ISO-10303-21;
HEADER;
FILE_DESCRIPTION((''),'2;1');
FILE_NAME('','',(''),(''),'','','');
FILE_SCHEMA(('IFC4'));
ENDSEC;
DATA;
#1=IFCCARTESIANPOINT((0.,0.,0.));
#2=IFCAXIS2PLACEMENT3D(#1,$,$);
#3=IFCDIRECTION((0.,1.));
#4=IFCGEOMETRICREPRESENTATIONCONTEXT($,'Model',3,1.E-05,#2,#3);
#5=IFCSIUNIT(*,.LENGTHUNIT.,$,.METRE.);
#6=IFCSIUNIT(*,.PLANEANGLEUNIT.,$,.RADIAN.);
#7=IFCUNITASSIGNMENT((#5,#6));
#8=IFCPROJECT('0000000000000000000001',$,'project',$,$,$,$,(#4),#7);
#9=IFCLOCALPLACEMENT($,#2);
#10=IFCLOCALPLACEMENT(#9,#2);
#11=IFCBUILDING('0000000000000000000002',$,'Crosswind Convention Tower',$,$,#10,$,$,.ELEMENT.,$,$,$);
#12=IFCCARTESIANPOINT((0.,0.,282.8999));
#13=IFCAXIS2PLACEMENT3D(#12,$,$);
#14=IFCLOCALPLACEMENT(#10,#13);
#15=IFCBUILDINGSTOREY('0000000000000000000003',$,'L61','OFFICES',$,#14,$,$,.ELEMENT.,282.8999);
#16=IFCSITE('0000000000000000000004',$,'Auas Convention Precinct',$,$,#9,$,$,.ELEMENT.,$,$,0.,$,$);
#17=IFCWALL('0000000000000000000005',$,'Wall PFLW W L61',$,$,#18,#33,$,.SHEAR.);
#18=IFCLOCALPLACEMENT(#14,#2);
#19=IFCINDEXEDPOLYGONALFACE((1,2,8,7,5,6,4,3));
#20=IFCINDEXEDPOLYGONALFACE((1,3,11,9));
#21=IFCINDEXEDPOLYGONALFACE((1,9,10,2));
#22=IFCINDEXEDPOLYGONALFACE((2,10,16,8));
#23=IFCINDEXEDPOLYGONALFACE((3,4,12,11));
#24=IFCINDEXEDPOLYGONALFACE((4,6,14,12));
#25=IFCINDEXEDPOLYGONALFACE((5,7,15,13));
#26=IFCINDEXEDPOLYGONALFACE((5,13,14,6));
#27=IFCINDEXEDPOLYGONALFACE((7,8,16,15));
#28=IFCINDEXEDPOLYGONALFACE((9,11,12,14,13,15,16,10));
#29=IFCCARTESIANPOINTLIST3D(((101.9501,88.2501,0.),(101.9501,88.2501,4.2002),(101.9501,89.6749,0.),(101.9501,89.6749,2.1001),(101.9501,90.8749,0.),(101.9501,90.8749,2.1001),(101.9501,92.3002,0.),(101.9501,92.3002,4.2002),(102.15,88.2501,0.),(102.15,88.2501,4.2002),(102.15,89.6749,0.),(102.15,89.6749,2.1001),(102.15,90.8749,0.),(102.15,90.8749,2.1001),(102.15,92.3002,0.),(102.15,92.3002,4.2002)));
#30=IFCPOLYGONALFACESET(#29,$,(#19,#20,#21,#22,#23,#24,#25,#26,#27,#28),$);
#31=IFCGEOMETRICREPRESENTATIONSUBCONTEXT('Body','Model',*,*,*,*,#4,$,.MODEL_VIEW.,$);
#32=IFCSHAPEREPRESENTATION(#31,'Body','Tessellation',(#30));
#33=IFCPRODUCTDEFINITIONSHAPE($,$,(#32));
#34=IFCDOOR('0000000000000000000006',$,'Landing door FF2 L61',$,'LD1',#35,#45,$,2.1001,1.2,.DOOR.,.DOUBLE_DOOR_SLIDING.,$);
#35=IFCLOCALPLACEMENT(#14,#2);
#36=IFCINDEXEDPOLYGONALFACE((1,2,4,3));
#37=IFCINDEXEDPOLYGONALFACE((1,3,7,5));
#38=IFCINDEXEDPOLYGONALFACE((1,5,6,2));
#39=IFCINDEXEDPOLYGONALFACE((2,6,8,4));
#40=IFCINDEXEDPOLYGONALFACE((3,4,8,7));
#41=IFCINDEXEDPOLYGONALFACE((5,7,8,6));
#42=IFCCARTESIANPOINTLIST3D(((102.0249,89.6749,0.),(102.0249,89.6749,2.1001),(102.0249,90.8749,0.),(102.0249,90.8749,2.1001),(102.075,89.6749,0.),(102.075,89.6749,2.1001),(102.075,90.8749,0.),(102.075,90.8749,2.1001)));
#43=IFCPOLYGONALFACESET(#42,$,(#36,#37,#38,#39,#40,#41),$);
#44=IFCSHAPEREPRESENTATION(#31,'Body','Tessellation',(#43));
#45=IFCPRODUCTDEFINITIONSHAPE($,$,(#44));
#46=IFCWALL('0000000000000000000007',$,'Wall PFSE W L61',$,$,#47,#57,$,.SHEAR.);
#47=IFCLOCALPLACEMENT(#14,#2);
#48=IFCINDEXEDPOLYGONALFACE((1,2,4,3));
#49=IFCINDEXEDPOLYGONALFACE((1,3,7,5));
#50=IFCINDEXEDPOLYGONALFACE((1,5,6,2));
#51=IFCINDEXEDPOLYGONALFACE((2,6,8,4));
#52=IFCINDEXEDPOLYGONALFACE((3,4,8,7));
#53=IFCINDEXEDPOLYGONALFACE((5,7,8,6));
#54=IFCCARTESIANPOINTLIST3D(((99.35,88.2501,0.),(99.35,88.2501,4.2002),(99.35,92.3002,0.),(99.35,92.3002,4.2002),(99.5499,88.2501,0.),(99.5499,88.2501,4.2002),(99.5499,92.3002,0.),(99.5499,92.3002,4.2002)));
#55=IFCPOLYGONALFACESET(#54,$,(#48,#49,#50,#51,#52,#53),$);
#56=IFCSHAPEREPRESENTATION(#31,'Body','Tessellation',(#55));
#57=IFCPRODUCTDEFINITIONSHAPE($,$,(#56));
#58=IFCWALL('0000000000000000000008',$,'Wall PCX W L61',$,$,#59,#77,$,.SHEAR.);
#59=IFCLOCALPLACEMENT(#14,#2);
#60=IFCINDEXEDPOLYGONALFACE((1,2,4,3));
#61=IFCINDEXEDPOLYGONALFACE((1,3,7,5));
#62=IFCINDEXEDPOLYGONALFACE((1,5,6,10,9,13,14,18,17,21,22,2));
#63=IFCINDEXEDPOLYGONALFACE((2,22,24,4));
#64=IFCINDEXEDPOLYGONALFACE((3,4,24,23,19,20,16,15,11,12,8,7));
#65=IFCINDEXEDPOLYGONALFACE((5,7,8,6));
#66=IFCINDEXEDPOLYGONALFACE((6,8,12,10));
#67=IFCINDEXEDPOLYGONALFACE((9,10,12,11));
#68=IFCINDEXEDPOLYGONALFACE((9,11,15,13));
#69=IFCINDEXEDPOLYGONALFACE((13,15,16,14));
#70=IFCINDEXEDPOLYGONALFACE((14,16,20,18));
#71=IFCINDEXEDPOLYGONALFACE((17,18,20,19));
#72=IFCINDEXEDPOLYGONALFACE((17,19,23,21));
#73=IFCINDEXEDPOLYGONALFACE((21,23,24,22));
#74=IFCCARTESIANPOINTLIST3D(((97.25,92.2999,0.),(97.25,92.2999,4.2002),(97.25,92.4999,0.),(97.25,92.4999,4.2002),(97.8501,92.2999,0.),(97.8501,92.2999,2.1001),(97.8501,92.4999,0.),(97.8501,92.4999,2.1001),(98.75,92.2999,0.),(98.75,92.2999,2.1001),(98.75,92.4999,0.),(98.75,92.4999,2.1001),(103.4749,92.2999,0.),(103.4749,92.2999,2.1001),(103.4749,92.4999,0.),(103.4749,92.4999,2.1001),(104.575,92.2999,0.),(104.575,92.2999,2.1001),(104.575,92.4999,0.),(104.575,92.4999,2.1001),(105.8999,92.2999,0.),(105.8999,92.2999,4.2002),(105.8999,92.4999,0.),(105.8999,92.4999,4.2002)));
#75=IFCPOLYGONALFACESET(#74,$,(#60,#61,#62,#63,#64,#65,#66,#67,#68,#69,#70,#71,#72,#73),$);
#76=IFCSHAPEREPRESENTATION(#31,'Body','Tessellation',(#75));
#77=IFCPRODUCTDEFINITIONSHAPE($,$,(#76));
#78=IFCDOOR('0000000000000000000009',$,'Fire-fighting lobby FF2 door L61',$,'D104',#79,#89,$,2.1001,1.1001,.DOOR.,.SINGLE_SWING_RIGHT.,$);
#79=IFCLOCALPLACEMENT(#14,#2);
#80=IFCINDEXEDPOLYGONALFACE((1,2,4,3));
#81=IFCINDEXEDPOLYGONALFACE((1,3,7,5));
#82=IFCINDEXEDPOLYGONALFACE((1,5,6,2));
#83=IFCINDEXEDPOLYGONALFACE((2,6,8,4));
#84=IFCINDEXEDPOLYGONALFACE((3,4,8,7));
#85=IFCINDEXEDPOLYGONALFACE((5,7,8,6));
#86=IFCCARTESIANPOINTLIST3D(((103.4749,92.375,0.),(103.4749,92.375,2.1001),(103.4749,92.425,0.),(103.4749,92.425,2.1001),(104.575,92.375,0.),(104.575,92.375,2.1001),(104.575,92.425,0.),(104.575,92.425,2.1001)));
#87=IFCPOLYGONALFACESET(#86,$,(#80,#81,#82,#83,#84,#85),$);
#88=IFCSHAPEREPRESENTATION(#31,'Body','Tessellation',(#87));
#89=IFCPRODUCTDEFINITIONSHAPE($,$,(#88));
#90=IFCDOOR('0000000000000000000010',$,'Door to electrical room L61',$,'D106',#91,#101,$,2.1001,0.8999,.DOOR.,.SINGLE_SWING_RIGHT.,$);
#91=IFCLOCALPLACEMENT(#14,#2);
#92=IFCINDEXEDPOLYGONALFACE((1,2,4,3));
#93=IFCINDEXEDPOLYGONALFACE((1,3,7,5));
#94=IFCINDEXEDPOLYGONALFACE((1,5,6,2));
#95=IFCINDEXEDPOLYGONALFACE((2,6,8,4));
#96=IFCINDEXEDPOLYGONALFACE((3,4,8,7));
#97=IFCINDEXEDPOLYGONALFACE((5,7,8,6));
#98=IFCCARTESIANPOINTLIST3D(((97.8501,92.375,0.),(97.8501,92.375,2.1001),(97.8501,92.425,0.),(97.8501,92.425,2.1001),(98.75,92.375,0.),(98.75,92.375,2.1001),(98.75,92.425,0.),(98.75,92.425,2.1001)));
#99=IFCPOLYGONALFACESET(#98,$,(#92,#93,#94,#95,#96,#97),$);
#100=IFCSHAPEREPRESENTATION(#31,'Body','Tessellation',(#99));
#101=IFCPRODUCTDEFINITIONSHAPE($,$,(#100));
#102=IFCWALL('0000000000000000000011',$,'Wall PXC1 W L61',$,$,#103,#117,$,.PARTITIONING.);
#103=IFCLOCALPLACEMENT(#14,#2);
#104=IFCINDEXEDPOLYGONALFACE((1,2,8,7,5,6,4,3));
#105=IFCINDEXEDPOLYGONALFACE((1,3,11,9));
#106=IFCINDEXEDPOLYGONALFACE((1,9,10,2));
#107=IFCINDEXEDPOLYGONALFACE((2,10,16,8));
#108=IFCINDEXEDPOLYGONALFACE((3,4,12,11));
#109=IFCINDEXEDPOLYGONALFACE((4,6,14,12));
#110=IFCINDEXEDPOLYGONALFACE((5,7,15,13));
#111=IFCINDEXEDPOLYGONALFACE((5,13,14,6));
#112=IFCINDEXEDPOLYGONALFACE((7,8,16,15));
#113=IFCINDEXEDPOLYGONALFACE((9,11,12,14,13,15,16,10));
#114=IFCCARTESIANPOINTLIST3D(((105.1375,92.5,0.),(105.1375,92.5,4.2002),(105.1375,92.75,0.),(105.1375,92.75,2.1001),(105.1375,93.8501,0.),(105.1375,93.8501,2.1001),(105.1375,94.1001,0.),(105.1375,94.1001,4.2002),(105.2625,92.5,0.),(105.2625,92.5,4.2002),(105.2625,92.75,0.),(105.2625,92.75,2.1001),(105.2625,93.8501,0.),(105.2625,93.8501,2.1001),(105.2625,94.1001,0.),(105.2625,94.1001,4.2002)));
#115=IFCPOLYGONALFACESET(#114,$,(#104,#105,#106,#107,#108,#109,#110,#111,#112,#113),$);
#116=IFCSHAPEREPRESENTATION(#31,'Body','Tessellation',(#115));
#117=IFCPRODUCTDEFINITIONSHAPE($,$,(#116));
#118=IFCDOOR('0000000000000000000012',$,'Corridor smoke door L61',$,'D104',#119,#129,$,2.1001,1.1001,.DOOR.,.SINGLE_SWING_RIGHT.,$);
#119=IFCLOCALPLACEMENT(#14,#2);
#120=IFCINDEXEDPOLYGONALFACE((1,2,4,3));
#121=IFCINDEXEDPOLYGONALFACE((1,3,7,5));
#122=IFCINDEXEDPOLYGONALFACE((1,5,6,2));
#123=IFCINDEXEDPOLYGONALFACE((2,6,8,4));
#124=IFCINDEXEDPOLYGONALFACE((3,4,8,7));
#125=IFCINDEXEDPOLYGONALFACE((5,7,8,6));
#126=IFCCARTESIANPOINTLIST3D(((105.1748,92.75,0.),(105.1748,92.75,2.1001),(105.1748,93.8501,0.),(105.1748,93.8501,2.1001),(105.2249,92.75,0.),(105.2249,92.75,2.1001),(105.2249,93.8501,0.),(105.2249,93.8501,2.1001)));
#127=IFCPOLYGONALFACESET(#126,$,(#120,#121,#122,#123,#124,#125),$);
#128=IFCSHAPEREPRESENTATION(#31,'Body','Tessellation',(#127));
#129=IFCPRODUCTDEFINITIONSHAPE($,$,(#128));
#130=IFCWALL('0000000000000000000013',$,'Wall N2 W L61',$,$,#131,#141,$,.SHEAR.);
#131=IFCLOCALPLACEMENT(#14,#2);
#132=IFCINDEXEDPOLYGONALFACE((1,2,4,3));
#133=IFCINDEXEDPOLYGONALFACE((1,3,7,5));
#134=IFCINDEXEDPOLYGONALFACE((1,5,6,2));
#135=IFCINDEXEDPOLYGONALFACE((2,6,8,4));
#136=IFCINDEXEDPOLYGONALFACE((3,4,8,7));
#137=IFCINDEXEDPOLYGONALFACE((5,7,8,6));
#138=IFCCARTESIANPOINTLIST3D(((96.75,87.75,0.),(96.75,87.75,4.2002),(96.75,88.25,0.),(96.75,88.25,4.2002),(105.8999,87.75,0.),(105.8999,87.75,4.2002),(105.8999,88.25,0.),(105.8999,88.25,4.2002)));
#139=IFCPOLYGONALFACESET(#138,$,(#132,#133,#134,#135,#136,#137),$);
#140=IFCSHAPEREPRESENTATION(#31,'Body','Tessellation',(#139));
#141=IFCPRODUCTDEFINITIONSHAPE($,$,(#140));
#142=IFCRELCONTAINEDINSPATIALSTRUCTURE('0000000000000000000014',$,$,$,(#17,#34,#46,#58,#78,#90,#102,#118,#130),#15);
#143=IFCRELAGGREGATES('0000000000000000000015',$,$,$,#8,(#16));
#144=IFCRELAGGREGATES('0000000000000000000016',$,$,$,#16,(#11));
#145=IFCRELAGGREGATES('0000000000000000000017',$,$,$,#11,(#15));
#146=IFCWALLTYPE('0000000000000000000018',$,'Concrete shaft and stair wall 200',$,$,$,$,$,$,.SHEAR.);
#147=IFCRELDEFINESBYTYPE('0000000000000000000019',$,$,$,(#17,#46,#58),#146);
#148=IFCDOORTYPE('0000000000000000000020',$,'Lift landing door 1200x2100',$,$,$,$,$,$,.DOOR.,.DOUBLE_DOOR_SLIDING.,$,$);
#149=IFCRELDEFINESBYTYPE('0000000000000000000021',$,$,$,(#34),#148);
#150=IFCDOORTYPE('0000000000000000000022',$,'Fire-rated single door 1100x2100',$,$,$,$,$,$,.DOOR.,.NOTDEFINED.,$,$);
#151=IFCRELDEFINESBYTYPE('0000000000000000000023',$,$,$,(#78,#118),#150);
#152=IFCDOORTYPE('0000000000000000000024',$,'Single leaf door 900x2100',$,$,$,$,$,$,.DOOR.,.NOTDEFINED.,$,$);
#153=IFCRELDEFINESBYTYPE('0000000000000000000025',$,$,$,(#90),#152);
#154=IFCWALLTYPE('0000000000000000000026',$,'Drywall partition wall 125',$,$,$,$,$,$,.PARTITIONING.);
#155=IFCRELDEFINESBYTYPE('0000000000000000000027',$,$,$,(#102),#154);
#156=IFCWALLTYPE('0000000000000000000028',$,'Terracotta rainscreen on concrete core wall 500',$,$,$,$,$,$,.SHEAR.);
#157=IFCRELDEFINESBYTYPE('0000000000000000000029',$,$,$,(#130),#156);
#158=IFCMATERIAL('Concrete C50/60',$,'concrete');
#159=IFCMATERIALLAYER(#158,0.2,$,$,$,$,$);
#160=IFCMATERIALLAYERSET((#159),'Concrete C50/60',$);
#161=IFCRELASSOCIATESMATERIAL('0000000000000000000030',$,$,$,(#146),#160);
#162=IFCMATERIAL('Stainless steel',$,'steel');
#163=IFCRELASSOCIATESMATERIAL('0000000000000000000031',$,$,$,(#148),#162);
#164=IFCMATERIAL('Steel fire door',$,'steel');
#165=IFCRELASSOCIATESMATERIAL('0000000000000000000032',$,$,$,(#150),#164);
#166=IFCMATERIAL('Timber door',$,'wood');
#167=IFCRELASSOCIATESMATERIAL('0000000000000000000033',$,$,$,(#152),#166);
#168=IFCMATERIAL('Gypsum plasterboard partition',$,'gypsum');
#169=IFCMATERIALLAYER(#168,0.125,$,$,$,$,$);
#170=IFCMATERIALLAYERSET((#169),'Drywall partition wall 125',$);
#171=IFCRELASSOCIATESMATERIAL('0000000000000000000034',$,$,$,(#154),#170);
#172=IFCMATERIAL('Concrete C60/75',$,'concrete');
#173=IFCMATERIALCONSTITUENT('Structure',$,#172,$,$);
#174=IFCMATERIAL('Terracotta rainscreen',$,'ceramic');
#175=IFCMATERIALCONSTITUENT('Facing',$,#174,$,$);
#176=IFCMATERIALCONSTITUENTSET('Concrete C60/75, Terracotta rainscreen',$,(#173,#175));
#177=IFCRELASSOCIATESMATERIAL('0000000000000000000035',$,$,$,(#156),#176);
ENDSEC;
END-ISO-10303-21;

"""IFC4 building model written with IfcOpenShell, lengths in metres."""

from ifc_helpers import new_model, si_unit, direction, frame, frame_2d, origin, place, context, subcontext, project, spatial, rectangle, extrude, material, layer, layer_set, constituent, constituent_set, type_object, element, fill, save


model = new_model("IFC4")

# Units and contexts
model_context = context("Model", 3, precision=1e-05, world=origin(), true_north=direction((0.0, 1.0)))
body_context = subcontext(model_context, "Body", "Model", "MODEL_VIEW")
ifc_project = project(units=[si_unit("LENGTHUNIT", "METRE"), si_unit("PLANEANGLEUNIT", "RADIAN")], contexts=[model_context])

# Site, building, storey
site_placement = place(None, origin())
site = spatial("IfcSite", under=ifc_project, at=site_placement, Name="Auas Convention Precinct", CompositionType="ELEMENT", RefElevation=0.0)
building_placement = place(site_placement, origin())
building = spatial("IfcBuilding", under=site, at=building_placement, Name="Crosswind Convention Tower", CompositionType="ELEMENT")
storey_placement = place(building_placement, frame((0.0, 0.0, 282.8999)))
storey = spatial("IfcBuildingStorey", under=building, at=storey_placement, Name="L61", Description="OFFICES", CompositionType="ELEMENT", Elevation=282.8999)

# Shared definitions
ifc_material_1 = material(Name="Concrete C50/60", Category="concrete")
ifc_layer_1 = layer(ifc_material_1, 0.2)
ifc_layer_set_1 = layer_set([ifc_layer_1], Name="Concrete C50/60")
wall_type_1 = type_object("IfcWallType", Name="Concrete shaft and stair wall 200", PredefinedType="SHEAR", material=ifc_layer_set_1)

# Wall, opening, door
wall_1_placement = place(storey_placement, frame((102.05, 92.3, 0.0), z_axis=(0.0, 0.0, 1.0), x_axis=(0.0, -1.0, 0.0)))
wall_1 = element("IfcWall", 1, at=wall_1_placement, inside=storey, type_object=wall_type_1, Name="Wall PFLW W L61", PredefinedType="SHEAR", context=body_context, shape_type="SweptSolid", body=[
    extrude(rectangle(XDim=4.05, YDim=0.2, at=frame_2d((2.0249, 0.0))), origin(), (0.0, 0.0, 1.0), 4.2002),
])
opening_1_placement = place(wall_1_placement, frame((1.425, 0.0, 0.0)))
opening_1 = element("IfcOpeningElement", 2, at=opening_1_placement, cuts=wall_1, PredefinedType="OPENING", context=body_context, shape_type="SweptSolid", body=[
    extrude(rectangle(XDim=1.2, YDim=2.1001, at=frame_2d((0.6001, 1.05))), frame((0.0, 0.1099, 0.0), z_axis=(0.0, -1.0, 0.0), x_axis=(1.0, 0.0, 0.0)), (0.0, 0.0, 1.0), 0.22),
])
ifc_material_2 = material(Name="Stainless steel", Category="steel")
door_type_1 = type_object("IfcDoorType", Name="Lift landing door 1200x2100", OperationType="DOUBLE_DOOR_SLIDING", PredefinedType="DOOR", material=ifc_material_2)
door_1_placement = place(opening_1_placement, origin())
door_1 = element("IfcDoor", 3, at=door_1_placement, inside=storey, type_object=door_type_1, Name="Landing door FF2 L61", ObjectType="LD1", OperationType="DOUBLE_DOOR_SLIDING", OverallHeight=2.1001, OverallWidth=1.2, PredefinedType="DOOR", context=body_context, shape_type="SweptSolid", body=[
    extrude(rectangle(XDim=1.2, YDim=2.1001, at=frame_2d((0.6001, 1.05))), frame((0.0, 0.0249, 0.0), z_axis=(0.0, -1.0, 0.0), x_axis=(1.0, 0.0, 0.0)), (0.0, 0.0, 1.0), 0.05),
])
fill(opening_1, door_1)

# Wall
wall_2_placement = place(storey_placement, frame((99.45, 92.3, 0.0), z_axis=(0.0, 0.0, 1.0), x_axis=(0.0, -1.0, 0.0)))
element("IfcWall", 4, at=wall_2_placement, inside=storey, type_object=wall_type_1, Name="Wall PFSE W L61", PredefinedType="SHEAR", context=body_context, shape_type="SweptSolid", body=[
    extrude(rectangle(XDim=4.05, YDim=0.2, at=frame_2d((2.0249, 0.0))), origin(), (0.0, 0.0, 1.0), 4.2002),
])

# Wall, openings, doors
wall_3_placement = place(storey_placement, frame((105.8999, 92.3999, 0.0), z_axis=(0.0, 0.0, 1.0), x_axis=(-1.0, 0.0, 0.0)))
wall_3 = element("IfcWall", 5, at=wall_3_placement, inside=storey, type_object=wall_type_1, Name="Wall PCX W L61", PredefinedType="SHEAR", context=body_context, shape_type="SweptSolid", body=[
    extrude(rectangle(XDim=8.6499, YDim=0.2, at=frame_2d((4.325, 0.0))), origin(), (0.0, 0.0, 1.0), 4.2002),
])
opening_2_placement = place(wall_3_placement, frame((1.325, 0.0, 0.0)))
opening_2 = element("IfcOpeningElement", 6, at=opening_2_placement, cuts=wall_3, PredefinedType="OPENING", context=body_context, shape_type="SweptSolid", body=[
    extrude(rectangle(XDim=1.1001, YDim=2.1001, at=frame_2d((0.55, 1.05))), frame((0.0, 0.1099, 0.0), z_axis=(0.0, -1.0, 0.0), x_axis=(1.0, 0.0, 0.0)), (0.0, 0.0, 1.0), 0.22),
])
opening_3_placement = place(wall_3_placement, frame((7.1499, 0.0, 0.0)))
opening_3 = element("IfcOpeningElement", 7, at=opening_3_placement, cuts=wall_3, PredefinedType="OPENING", context=body_context, shape_type="SweptSolid", body=[
    extrude(rectangle(XDim=0.8999, YDim=2.1001, at=frame_2d((0.45, 1.05))), frame((0.0, 0.1099, 0.0), z_axis=(0.0, -1.0, 0.0), x_axis=(1.0, 0.0, 0.0)), (0.0, 0.0, 1.0), 0.22),
])
ifc_material_3 = material(Name="Steel fire door", Category="steel")
door_type_2 = type_object("IfcDoorType", Name="Fire-rated single door 1100x2100", OperationType="NOTDEFINED", PredefinedType="DOOR", material=ifc_material_3)
door_2_placement = place(opening_2_placement, origin())
door_2 = element("IfcDoor", 8, at=door_2_placement, inside=storey, type_object=door_type_2, Name="Fire-fighting lobby FF2 door L61", ObjectType="D104", OperationType="SINGLE_SWING_RIGHT", OverallHeight=2.1001, OverallWidth=1.1001, PredefinedType="DOOR", context=body_context, shape_type="SweptSolid", body=[
    extrude(rectangle(XDim=1.1001, YDim=2.1001, at=frame_2d((0.55, 1.05))), frame((0.0, 0.0249, 0.0), z_axis=(0.0, -1.0, 0.0), x_axis=(1.0, 0.0, 0.0)), (0.0, 0.0, 1.0), 0.05),
])
fill(opening_2, door_2)
ifc_material_4 = material(Name="Timber door", Category="wood")
door_type_3 = type_object("IfcDoorType", Name="Single leaf door 900x2100", OperationType="NOTDEFINED", PredefinedType="DOOR", material=ifc_material_4)
door_3_placement = place(opening_3_placement, origin())
door_3 = element("IfcDoor", 9, at=door_3_placement, inside=storey, type_object=door_type_3, Name="Door to electrical room L61", ObjectType="D106", OperationType="SINGLE_SWING_RIGHT", OverallHeight=2.1001, OverallWidth=0.8999, PredefinedType="DOOR", context=body_context, shape_type="SweptSolid", body=[
    extrude(rectangle(XDim=0.8999, YDim=2.1001, at=frame_2d((0.45, 1.05))), frame((0.0, 0.0249, 0.0), z_axis=(0.0, -1.0, 0.0), x_axis=(1.0, 0.0, 0.0)), (0.0, 0.0, 1.0), 0.05),
])
fill(opening_3, door_3)

# Wall, opening, door
ifc_material_5 = material(Name="Gypsum plasterboard partition", Category="gypsum")
ifc_layer_2 = layer(ifc_material_5, 0.125)
ifc_layer_set_2 = layer_set([ifc_layer_2], Name="Drywall partition wall 125")
wall_type_2 = type_object("IfcWallType", Name="Drywall partition wall 125", PredefinedType="PARTITIONING", material=ifc_layer_set_2)
wall_4_placement = place(storey_placement, frame((105.2, 94.1001, 0.0), z_axis=(0.0, 0.0, 1.0), x_axis=(0.0, -1.0, 0.0)))
wall_4 = element("IfcWall", 10, at=wall_4_placement, inside=storey, type_object=wall_type_2, Name="Wall PXC1 W L61", PredefinedType="PARTITIONING", context=body_context, shape_type="SweptSolid", body=[
    extrude(rectangle(XDim=1.6001, YDim=0.125, at=frame_2d((0.8, 0.0))), origin(), (0.0, 0.0, 1.0), 4.2002),
])
opening_4_placement = place(wall_4_placement, frame((0.25, 0.0, 0.0)))
opening_4 = element("IfcOpeningElement", 11, at=opening_4_placement, cuts=wall_4, PredefinedType="OPENING", context=body_context, shape_type="SweptSolid", body=[
    extrude(rectangle(XDim=1.1001, YDim=2.1001, at=frame_2d((0.55, 1.05))), frame((0.0, 0.0725, 0.0), z_axis=(0.0, -1.0, 0.0), x_axis=(1.0, 0.0, 0.0)), (0.0, 0.0, 1.0), 0.145),
])
door_4_placement = place(opening_4_placement, origin())
door_4 = element("IfcDoor", 12, at=door_4_placement, inside=storey, type_object=door_type_2, Name="Corridor smoke door L61", ObjectType="D104", OperationType="SINGLE_SWING_RIGHT", OverallHeight=2.1001, OverallWidth=1.1001, PredefinedType="DOOR", context=body_context, shape_type="SweptSolid", body=[
    extrude(rectangle(XDim=1.1001, YDim=2.1001, at=frame_2d((0.55, 1.05))), frame((0.0, 0.0249, 0.0), z_axis=(0.0, -1.0, 0.0), x_axis=(1.0, 0.0, 0.0)), (0.0, 0.0, 1.0), 0.05),
])
fill(opening_4, door_4)

# Wall
ifc_material_6 = material(Name="Concrete C60/75", Category="concrete")
ifc_constituent_1 = constituent(ifc_material_6, Name="Structure")
ifc_material_7 = material(Name="Terracotta rainscreen", Category="ceramic")
ifc_constituent_2 = constituent(ifc_material_7, Name="Facing")
ifc_constituent_set = constituent_set(constituents=[ifc_constituent_1, ifc_constituent_2], Name="Concrete C60/75, Terracotta rainscreen")
wall_type_3 = type_object("IfcWallType", Name="Terracotta rainscreen on concrete core wall 500", PredefinedType="SHEAR", material=ifc_constituent_set)
wall_5_placement = place(storey_placement, frame((105.8999, 88.0, 0.0), z_axis=(0.0, 0.0, 1.0), x_axis=(-1.0, 0.0, 0.0)))
element("IfcWall", 13, at=wall_5_placement, inside=storey, type_object=wall_type_3, Name="Wall N2 W L61", PredefinedType="SHEAR", context=body_context, shape_type="SweptSolid", body=[
    extrude(rectangle(XDim=9.1499, YDim=0.5, at=frame_2d((4.575, 0.0))), origin(), (0.0, 0.0, 1.0), 4.2002),
])

save(model, "model.ifc")
